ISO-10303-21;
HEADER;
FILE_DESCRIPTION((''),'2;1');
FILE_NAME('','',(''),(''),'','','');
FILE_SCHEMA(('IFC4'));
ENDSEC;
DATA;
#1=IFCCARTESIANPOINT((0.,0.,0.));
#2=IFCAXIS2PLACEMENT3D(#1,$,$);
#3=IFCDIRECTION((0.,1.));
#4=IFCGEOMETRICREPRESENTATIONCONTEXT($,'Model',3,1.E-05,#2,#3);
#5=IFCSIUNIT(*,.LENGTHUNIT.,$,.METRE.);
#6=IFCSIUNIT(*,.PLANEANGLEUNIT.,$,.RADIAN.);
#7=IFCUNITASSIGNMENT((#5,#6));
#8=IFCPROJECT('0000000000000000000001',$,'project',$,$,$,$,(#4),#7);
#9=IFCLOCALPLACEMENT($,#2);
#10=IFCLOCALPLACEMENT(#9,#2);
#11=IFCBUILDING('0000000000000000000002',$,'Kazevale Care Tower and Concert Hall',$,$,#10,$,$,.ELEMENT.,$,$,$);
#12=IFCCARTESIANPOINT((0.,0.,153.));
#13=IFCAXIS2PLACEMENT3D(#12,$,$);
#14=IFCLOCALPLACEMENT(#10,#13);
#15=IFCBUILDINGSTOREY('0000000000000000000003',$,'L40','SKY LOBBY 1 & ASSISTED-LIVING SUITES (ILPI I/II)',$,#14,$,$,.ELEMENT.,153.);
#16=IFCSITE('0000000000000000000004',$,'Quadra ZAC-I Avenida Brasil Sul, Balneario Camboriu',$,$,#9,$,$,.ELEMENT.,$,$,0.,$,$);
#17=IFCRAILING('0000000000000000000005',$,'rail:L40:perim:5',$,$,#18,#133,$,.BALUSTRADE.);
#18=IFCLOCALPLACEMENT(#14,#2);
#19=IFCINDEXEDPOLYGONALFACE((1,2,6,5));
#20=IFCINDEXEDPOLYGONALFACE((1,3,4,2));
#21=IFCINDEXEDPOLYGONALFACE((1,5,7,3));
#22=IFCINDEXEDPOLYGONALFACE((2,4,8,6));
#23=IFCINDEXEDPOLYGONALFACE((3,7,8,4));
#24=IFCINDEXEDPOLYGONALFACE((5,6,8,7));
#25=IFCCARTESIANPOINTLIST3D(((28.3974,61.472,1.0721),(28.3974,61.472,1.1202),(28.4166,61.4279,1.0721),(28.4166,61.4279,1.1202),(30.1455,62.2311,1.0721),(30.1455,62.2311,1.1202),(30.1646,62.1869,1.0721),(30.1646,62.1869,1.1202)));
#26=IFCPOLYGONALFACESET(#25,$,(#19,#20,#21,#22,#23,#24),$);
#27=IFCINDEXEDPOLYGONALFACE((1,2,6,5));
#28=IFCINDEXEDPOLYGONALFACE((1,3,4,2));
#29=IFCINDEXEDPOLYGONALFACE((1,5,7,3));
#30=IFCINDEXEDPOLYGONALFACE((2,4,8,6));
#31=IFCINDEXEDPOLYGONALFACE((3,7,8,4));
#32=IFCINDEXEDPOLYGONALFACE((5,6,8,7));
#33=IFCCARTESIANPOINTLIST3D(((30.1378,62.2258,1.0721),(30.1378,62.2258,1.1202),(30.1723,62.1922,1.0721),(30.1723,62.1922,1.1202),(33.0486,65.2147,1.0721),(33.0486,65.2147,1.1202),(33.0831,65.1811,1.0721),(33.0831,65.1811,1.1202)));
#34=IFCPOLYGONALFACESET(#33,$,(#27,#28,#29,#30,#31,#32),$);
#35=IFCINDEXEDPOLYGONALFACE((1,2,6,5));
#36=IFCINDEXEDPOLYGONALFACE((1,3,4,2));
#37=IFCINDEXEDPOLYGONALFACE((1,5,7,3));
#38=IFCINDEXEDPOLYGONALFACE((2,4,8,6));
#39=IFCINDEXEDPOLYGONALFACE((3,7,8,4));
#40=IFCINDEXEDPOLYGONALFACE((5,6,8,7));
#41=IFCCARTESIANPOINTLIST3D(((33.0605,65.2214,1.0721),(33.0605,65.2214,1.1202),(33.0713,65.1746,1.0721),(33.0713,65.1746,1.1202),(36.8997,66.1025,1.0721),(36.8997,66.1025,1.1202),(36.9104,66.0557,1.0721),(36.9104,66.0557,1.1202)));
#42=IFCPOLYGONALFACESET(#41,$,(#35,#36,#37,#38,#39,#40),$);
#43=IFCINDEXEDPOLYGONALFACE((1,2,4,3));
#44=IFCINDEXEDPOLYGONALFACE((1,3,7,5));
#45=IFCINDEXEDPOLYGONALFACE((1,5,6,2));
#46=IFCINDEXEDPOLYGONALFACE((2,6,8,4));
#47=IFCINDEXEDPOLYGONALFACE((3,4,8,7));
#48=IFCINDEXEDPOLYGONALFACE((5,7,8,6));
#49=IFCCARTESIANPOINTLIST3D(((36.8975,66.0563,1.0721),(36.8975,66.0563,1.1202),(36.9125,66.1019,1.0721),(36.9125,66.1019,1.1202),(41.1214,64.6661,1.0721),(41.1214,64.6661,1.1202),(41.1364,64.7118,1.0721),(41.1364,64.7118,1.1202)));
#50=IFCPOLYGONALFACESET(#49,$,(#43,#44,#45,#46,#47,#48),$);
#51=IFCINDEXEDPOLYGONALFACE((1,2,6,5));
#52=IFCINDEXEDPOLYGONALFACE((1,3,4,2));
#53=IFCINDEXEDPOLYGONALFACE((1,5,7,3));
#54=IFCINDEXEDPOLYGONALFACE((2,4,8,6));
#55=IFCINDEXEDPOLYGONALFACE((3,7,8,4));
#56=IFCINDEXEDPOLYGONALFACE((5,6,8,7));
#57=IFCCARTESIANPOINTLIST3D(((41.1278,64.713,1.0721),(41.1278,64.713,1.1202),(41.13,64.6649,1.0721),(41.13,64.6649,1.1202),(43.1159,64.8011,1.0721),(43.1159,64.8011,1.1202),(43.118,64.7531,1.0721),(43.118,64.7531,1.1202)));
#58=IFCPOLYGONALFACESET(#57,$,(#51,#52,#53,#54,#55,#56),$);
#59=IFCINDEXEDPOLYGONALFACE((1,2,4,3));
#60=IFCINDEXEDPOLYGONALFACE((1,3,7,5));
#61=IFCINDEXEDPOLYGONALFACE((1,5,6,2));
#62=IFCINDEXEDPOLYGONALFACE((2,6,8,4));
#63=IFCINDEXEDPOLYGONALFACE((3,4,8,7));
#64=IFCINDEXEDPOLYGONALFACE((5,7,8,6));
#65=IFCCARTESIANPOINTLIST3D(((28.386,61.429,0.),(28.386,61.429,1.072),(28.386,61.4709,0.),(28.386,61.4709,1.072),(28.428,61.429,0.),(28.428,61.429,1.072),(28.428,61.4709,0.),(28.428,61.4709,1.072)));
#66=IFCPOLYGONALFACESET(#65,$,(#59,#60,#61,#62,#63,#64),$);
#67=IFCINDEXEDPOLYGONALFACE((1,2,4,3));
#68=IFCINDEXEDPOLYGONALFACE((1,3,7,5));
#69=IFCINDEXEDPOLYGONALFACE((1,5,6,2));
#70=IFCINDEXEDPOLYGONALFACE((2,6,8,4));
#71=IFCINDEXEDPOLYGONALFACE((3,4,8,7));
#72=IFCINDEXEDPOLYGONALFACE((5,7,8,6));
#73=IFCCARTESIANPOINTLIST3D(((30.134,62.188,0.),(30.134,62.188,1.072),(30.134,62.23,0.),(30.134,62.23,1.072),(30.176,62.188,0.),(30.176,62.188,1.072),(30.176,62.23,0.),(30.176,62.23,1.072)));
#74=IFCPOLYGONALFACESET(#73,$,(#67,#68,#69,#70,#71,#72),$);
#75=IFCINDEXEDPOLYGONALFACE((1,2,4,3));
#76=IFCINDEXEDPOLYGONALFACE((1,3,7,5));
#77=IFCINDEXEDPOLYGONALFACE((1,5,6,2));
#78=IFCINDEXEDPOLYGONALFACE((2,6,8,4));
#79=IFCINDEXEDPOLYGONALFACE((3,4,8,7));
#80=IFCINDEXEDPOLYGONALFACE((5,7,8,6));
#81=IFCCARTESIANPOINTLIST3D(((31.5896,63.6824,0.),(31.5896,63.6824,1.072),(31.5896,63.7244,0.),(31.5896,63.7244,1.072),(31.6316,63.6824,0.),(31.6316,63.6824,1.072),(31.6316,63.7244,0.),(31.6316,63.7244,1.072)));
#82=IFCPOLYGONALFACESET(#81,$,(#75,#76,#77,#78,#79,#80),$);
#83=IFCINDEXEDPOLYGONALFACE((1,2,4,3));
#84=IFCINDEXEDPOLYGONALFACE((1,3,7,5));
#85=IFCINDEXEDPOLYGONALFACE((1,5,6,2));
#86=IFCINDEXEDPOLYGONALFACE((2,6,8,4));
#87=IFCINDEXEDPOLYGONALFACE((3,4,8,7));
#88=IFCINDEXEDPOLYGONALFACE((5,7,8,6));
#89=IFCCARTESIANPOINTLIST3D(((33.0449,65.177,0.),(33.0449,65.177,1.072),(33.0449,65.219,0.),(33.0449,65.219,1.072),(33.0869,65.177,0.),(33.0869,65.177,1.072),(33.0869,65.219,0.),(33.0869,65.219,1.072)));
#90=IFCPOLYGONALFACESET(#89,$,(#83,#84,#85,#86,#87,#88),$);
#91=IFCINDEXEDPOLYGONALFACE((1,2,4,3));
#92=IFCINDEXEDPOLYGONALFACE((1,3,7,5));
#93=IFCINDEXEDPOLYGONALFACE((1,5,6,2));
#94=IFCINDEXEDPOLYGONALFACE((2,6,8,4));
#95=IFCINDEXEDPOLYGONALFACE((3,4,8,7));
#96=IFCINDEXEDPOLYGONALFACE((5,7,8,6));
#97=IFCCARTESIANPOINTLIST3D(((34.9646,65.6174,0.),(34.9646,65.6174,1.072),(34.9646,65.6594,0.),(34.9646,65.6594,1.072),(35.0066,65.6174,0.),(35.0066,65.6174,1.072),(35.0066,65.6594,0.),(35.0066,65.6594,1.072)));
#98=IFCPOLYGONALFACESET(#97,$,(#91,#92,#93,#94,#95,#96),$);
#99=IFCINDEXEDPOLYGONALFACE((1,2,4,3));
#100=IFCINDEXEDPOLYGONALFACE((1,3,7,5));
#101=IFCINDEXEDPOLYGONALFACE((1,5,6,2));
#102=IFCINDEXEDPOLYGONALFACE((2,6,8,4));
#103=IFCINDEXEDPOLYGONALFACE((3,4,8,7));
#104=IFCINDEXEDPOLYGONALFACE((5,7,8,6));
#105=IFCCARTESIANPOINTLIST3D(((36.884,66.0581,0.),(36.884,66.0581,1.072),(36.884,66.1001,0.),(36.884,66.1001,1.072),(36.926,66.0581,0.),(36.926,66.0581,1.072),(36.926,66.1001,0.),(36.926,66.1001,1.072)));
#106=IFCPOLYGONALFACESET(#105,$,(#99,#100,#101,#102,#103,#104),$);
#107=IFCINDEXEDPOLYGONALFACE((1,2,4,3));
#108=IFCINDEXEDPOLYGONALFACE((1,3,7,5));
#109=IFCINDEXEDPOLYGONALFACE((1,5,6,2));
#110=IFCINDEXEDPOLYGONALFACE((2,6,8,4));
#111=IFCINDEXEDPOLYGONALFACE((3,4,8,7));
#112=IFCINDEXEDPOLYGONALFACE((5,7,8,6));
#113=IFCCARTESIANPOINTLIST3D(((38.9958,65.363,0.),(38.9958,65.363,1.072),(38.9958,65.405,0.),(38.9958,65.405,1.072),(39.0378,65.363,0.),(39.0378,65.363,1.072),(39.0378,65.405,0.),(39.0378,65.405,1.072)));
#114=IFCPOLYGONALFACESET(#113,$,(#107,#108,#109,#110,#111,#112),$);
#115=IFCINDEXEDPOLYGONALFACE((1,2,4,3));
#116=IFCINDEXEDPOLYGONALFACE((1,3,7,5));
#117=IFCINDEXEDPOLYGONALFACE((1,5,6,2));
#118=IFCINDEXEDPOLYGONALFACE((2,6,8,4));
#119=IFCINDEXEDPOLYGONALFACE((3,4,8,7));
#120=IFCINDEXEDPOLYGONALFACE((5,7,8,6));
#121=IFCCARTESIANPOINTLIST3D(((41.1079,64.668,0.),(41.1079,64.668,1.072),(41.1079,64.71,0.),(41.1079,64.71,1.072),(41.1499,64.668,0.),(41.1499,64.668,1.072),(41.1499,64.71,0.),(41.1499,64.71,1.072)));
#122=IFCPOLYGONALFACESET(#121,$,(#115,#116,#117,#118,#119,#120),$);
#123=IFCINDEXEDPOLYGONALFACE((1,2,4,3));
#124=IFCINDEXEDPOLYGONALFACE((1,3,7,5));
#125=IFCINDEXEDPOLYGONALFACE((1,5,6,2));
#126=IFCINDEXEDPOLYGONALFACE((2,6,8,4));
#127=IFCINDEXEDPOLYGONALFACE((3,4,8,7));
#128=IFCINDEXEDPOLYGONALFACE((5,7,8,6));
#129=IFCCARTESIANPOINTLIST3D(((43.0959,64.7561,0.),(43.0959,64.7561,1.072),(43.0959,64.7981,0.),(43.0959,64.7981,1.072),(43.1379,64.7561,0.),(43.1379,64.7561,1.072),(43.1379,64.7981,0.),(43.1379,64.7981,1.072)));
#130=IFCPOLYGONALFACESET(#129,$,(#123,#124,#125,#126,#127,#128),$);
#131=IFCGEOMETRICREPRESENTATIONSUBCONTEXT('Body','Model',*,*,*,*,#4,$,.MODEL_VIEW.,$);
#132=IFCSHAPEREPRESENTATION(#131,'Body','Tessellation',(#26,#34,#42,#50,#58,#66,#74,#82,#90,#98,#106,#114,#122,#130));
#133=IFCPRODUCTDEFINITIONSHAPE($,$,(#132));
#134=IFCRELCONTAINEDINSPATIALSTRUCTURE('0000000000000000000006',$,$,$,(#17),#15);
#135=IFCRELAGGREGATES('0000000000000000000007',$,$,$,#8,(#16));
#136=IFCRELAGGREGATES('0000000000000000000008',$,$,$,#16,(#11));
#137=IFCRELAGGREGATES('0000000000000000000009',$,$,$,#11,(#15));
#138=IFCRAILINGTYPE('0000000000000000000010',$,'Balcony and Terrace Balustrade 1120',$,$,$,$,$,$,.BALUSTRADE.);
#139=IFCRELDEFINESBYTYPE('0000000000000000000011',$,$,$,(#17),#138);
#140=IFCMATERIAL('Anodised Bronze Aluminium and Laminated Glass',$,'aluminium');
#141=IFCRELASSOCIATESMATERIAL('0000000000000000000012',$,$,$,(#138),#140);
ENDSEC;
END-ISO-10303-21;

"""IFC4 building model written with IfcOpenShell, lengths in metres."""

from ifc_helpers import new_model, si_unit, direction, frame, origin, origin_2d, place, context, subcontext, project, spatial, rectangle, extrude, material, type_object, element, save


model = new_model("IFC4")

# Units and contexts
model_context = context("Model", 3, precision=1e-05, world=origin(), true_north=direction((0.0, 1.0)))
body_context = subcontext(model_context, "Body", "Model", "MODEL_VIEW")
ifc_project = project(units=[si_unit("LENGTHUNIT", "METRE"), si_unit("PLANEANGLEUNIT", "RADIAN")], contexts=[model_context])

# Site, building, storey
site_placement = place(None, origin())
site = spatial("IfcSite", under=ifc_project, at=site_placement, Name="Quadra ZAC-I Avenida Brasil Sul, Balneario Camboriu", CompositionType="ELEMENT", RefElevation=0.0)
building_placement = place(site_placement, origin())
building = spatial("IfcBuilding", under=site, at=building_placement, Name="Kazevale Care Tower and Concert Hall", CompositionType="ELEMENT")
storey_placement = place(building_placement, frame((0.0, 0.0, 153.0)))
storey = spatial("IfcBuildingStorey", under=building, at=storey_placement, Name="L40", Description="SKY LOBBY 1 & ASSISTED-LIVING SUITES (ILPI I/II)", CompositionType="ELEMENT", Elevation=153.0)

# Railing
ifc_material_1 = material(Name="Anodised Bronze Aluminium and Laminated Glass", Category="aluminium")
railing_type = type_object("IfcRailingType", Name="Balcony and Terrace Balustrade 1120", PredefinedType="BALUSTRADE", material=ifc_material_1)
railing_1_placement = place(storey_placement, frame((28.407, 61.45, 0.0)))
element("IfcRailing", 1, at=railing_1_placement, inside=storey, type_object=railing_type, Name="rail:L40:perim:5", PredefinedType="BALUSTRADE", context=body_context, shape_type="SweptSolid", body=[
    extrude(rectangle(XDim=0.0481, YDim=0.0481, at=origin_2d()), frame((0.0, 0.0, 1.0962), z_axis=(0.917259, 0.39829, 0.0), x_axis=(-0.39829, 0.917259, 0.0)), (0.0, 0.0, 1.0), 1.9058),
    extrude(rectangle(XDim=0.0481, YDim=0.0481, at=origin_2d()), frame((1.748, 0.759, 1.0962), z_axis=(0.697682, 0.716407, 0.0), x_axis=(-0.716407, 0.697682, 0.0)), (0.0, 0.0, 1.0), 4.1721),
    extrude(rectangle(XDim=0.0481, YDim=0.0481, at=origin_2d()), frame((4.6589, 3.748, 1.0962), z_axis=(0.97466, 0.223691, 0.0), x_axis=(-0.223691, 0.97466, 0.0)), (0.0, 0.0, 1.0), 3.939),
    extrude(rectangle(XDim=0.0481, YDim=0.0481, at=origin_2d()), frame((8.498, 4.6292, 1.0962), z_axis=(0.949879, -0.312618, 0.0), x_axis=(0.312618, 0.949879, 0.0)), (0.0, 0.0, 1.0), 4.4468),
    extrude(rectangle(XDim=0.0481, YDim=0.0481, at=origin_2d()), frame((12.7219, 3.239, 1.0962), z_axis=(0.999019, 0.044289, 0.0), x_axis=(-0.044289, 0.999019, 0.0)), (0.0, 0.0, 1.0), 1.99),
    extrude(rectangle(XDim=0.042, YDim=0.042, at=origin_2d()), origin(), (0.0, 0.0, 1.0), 1.072),
    extrude(rectangle(XDim=0.042, YDim=0.042, at=origin_2d()), frame((1.748, 0.759, 0.0)), (0.0, 0.0, 1.0), 1.072),
    extrude(rectangle(XDim=0.042, YDim=0.042, at=origin_2d()), frame((3.2036, 2.2534, 0.0)), (0.0, 0.0, 1.0), 1.072),
    extrude(rectangle(XDim=0.042, YDim=0.042, at=origin_2d()), frame((4.6589, 3.748, 0.0)), (0.0, 0.0, 1.0), 1.072),
    extrude(rectangle(XDim=0.042, YDim=0.042, at=origin_2d()), frame((6.5786, 4.1885, 0.0)), (0.0, 0.0, 1.0), 1.072),
    extrude(rectangle(XDim=0.042, YDim=0.042, at=origin_2d()), frame((8.498, 4.6292, 0.0)), (0.0, 0.0, 1.0), 1.072),
    extrude(rectangle(XDim=0.042, YDim=0.042, at=origin_2d()), frame((10.6099, 3.9341, 0.0)), (0.0, 0.0, 1.0), 1.072),
    extrude(rectangle(XDim=0.042, YDim=0.042, at=origin_2d()), frame((12.7219, 3.239, 0.0)), (0.0, 0.0, 1.0), 1.072),
    extrude(rectangle(XDim=0.042, YDim=0.042, at=origin_2d()), frame((14.71, 3.3271, 0.0)), (0.0, 0.0, 1.0), 1.072),
])

save(model, "model.ifc")
